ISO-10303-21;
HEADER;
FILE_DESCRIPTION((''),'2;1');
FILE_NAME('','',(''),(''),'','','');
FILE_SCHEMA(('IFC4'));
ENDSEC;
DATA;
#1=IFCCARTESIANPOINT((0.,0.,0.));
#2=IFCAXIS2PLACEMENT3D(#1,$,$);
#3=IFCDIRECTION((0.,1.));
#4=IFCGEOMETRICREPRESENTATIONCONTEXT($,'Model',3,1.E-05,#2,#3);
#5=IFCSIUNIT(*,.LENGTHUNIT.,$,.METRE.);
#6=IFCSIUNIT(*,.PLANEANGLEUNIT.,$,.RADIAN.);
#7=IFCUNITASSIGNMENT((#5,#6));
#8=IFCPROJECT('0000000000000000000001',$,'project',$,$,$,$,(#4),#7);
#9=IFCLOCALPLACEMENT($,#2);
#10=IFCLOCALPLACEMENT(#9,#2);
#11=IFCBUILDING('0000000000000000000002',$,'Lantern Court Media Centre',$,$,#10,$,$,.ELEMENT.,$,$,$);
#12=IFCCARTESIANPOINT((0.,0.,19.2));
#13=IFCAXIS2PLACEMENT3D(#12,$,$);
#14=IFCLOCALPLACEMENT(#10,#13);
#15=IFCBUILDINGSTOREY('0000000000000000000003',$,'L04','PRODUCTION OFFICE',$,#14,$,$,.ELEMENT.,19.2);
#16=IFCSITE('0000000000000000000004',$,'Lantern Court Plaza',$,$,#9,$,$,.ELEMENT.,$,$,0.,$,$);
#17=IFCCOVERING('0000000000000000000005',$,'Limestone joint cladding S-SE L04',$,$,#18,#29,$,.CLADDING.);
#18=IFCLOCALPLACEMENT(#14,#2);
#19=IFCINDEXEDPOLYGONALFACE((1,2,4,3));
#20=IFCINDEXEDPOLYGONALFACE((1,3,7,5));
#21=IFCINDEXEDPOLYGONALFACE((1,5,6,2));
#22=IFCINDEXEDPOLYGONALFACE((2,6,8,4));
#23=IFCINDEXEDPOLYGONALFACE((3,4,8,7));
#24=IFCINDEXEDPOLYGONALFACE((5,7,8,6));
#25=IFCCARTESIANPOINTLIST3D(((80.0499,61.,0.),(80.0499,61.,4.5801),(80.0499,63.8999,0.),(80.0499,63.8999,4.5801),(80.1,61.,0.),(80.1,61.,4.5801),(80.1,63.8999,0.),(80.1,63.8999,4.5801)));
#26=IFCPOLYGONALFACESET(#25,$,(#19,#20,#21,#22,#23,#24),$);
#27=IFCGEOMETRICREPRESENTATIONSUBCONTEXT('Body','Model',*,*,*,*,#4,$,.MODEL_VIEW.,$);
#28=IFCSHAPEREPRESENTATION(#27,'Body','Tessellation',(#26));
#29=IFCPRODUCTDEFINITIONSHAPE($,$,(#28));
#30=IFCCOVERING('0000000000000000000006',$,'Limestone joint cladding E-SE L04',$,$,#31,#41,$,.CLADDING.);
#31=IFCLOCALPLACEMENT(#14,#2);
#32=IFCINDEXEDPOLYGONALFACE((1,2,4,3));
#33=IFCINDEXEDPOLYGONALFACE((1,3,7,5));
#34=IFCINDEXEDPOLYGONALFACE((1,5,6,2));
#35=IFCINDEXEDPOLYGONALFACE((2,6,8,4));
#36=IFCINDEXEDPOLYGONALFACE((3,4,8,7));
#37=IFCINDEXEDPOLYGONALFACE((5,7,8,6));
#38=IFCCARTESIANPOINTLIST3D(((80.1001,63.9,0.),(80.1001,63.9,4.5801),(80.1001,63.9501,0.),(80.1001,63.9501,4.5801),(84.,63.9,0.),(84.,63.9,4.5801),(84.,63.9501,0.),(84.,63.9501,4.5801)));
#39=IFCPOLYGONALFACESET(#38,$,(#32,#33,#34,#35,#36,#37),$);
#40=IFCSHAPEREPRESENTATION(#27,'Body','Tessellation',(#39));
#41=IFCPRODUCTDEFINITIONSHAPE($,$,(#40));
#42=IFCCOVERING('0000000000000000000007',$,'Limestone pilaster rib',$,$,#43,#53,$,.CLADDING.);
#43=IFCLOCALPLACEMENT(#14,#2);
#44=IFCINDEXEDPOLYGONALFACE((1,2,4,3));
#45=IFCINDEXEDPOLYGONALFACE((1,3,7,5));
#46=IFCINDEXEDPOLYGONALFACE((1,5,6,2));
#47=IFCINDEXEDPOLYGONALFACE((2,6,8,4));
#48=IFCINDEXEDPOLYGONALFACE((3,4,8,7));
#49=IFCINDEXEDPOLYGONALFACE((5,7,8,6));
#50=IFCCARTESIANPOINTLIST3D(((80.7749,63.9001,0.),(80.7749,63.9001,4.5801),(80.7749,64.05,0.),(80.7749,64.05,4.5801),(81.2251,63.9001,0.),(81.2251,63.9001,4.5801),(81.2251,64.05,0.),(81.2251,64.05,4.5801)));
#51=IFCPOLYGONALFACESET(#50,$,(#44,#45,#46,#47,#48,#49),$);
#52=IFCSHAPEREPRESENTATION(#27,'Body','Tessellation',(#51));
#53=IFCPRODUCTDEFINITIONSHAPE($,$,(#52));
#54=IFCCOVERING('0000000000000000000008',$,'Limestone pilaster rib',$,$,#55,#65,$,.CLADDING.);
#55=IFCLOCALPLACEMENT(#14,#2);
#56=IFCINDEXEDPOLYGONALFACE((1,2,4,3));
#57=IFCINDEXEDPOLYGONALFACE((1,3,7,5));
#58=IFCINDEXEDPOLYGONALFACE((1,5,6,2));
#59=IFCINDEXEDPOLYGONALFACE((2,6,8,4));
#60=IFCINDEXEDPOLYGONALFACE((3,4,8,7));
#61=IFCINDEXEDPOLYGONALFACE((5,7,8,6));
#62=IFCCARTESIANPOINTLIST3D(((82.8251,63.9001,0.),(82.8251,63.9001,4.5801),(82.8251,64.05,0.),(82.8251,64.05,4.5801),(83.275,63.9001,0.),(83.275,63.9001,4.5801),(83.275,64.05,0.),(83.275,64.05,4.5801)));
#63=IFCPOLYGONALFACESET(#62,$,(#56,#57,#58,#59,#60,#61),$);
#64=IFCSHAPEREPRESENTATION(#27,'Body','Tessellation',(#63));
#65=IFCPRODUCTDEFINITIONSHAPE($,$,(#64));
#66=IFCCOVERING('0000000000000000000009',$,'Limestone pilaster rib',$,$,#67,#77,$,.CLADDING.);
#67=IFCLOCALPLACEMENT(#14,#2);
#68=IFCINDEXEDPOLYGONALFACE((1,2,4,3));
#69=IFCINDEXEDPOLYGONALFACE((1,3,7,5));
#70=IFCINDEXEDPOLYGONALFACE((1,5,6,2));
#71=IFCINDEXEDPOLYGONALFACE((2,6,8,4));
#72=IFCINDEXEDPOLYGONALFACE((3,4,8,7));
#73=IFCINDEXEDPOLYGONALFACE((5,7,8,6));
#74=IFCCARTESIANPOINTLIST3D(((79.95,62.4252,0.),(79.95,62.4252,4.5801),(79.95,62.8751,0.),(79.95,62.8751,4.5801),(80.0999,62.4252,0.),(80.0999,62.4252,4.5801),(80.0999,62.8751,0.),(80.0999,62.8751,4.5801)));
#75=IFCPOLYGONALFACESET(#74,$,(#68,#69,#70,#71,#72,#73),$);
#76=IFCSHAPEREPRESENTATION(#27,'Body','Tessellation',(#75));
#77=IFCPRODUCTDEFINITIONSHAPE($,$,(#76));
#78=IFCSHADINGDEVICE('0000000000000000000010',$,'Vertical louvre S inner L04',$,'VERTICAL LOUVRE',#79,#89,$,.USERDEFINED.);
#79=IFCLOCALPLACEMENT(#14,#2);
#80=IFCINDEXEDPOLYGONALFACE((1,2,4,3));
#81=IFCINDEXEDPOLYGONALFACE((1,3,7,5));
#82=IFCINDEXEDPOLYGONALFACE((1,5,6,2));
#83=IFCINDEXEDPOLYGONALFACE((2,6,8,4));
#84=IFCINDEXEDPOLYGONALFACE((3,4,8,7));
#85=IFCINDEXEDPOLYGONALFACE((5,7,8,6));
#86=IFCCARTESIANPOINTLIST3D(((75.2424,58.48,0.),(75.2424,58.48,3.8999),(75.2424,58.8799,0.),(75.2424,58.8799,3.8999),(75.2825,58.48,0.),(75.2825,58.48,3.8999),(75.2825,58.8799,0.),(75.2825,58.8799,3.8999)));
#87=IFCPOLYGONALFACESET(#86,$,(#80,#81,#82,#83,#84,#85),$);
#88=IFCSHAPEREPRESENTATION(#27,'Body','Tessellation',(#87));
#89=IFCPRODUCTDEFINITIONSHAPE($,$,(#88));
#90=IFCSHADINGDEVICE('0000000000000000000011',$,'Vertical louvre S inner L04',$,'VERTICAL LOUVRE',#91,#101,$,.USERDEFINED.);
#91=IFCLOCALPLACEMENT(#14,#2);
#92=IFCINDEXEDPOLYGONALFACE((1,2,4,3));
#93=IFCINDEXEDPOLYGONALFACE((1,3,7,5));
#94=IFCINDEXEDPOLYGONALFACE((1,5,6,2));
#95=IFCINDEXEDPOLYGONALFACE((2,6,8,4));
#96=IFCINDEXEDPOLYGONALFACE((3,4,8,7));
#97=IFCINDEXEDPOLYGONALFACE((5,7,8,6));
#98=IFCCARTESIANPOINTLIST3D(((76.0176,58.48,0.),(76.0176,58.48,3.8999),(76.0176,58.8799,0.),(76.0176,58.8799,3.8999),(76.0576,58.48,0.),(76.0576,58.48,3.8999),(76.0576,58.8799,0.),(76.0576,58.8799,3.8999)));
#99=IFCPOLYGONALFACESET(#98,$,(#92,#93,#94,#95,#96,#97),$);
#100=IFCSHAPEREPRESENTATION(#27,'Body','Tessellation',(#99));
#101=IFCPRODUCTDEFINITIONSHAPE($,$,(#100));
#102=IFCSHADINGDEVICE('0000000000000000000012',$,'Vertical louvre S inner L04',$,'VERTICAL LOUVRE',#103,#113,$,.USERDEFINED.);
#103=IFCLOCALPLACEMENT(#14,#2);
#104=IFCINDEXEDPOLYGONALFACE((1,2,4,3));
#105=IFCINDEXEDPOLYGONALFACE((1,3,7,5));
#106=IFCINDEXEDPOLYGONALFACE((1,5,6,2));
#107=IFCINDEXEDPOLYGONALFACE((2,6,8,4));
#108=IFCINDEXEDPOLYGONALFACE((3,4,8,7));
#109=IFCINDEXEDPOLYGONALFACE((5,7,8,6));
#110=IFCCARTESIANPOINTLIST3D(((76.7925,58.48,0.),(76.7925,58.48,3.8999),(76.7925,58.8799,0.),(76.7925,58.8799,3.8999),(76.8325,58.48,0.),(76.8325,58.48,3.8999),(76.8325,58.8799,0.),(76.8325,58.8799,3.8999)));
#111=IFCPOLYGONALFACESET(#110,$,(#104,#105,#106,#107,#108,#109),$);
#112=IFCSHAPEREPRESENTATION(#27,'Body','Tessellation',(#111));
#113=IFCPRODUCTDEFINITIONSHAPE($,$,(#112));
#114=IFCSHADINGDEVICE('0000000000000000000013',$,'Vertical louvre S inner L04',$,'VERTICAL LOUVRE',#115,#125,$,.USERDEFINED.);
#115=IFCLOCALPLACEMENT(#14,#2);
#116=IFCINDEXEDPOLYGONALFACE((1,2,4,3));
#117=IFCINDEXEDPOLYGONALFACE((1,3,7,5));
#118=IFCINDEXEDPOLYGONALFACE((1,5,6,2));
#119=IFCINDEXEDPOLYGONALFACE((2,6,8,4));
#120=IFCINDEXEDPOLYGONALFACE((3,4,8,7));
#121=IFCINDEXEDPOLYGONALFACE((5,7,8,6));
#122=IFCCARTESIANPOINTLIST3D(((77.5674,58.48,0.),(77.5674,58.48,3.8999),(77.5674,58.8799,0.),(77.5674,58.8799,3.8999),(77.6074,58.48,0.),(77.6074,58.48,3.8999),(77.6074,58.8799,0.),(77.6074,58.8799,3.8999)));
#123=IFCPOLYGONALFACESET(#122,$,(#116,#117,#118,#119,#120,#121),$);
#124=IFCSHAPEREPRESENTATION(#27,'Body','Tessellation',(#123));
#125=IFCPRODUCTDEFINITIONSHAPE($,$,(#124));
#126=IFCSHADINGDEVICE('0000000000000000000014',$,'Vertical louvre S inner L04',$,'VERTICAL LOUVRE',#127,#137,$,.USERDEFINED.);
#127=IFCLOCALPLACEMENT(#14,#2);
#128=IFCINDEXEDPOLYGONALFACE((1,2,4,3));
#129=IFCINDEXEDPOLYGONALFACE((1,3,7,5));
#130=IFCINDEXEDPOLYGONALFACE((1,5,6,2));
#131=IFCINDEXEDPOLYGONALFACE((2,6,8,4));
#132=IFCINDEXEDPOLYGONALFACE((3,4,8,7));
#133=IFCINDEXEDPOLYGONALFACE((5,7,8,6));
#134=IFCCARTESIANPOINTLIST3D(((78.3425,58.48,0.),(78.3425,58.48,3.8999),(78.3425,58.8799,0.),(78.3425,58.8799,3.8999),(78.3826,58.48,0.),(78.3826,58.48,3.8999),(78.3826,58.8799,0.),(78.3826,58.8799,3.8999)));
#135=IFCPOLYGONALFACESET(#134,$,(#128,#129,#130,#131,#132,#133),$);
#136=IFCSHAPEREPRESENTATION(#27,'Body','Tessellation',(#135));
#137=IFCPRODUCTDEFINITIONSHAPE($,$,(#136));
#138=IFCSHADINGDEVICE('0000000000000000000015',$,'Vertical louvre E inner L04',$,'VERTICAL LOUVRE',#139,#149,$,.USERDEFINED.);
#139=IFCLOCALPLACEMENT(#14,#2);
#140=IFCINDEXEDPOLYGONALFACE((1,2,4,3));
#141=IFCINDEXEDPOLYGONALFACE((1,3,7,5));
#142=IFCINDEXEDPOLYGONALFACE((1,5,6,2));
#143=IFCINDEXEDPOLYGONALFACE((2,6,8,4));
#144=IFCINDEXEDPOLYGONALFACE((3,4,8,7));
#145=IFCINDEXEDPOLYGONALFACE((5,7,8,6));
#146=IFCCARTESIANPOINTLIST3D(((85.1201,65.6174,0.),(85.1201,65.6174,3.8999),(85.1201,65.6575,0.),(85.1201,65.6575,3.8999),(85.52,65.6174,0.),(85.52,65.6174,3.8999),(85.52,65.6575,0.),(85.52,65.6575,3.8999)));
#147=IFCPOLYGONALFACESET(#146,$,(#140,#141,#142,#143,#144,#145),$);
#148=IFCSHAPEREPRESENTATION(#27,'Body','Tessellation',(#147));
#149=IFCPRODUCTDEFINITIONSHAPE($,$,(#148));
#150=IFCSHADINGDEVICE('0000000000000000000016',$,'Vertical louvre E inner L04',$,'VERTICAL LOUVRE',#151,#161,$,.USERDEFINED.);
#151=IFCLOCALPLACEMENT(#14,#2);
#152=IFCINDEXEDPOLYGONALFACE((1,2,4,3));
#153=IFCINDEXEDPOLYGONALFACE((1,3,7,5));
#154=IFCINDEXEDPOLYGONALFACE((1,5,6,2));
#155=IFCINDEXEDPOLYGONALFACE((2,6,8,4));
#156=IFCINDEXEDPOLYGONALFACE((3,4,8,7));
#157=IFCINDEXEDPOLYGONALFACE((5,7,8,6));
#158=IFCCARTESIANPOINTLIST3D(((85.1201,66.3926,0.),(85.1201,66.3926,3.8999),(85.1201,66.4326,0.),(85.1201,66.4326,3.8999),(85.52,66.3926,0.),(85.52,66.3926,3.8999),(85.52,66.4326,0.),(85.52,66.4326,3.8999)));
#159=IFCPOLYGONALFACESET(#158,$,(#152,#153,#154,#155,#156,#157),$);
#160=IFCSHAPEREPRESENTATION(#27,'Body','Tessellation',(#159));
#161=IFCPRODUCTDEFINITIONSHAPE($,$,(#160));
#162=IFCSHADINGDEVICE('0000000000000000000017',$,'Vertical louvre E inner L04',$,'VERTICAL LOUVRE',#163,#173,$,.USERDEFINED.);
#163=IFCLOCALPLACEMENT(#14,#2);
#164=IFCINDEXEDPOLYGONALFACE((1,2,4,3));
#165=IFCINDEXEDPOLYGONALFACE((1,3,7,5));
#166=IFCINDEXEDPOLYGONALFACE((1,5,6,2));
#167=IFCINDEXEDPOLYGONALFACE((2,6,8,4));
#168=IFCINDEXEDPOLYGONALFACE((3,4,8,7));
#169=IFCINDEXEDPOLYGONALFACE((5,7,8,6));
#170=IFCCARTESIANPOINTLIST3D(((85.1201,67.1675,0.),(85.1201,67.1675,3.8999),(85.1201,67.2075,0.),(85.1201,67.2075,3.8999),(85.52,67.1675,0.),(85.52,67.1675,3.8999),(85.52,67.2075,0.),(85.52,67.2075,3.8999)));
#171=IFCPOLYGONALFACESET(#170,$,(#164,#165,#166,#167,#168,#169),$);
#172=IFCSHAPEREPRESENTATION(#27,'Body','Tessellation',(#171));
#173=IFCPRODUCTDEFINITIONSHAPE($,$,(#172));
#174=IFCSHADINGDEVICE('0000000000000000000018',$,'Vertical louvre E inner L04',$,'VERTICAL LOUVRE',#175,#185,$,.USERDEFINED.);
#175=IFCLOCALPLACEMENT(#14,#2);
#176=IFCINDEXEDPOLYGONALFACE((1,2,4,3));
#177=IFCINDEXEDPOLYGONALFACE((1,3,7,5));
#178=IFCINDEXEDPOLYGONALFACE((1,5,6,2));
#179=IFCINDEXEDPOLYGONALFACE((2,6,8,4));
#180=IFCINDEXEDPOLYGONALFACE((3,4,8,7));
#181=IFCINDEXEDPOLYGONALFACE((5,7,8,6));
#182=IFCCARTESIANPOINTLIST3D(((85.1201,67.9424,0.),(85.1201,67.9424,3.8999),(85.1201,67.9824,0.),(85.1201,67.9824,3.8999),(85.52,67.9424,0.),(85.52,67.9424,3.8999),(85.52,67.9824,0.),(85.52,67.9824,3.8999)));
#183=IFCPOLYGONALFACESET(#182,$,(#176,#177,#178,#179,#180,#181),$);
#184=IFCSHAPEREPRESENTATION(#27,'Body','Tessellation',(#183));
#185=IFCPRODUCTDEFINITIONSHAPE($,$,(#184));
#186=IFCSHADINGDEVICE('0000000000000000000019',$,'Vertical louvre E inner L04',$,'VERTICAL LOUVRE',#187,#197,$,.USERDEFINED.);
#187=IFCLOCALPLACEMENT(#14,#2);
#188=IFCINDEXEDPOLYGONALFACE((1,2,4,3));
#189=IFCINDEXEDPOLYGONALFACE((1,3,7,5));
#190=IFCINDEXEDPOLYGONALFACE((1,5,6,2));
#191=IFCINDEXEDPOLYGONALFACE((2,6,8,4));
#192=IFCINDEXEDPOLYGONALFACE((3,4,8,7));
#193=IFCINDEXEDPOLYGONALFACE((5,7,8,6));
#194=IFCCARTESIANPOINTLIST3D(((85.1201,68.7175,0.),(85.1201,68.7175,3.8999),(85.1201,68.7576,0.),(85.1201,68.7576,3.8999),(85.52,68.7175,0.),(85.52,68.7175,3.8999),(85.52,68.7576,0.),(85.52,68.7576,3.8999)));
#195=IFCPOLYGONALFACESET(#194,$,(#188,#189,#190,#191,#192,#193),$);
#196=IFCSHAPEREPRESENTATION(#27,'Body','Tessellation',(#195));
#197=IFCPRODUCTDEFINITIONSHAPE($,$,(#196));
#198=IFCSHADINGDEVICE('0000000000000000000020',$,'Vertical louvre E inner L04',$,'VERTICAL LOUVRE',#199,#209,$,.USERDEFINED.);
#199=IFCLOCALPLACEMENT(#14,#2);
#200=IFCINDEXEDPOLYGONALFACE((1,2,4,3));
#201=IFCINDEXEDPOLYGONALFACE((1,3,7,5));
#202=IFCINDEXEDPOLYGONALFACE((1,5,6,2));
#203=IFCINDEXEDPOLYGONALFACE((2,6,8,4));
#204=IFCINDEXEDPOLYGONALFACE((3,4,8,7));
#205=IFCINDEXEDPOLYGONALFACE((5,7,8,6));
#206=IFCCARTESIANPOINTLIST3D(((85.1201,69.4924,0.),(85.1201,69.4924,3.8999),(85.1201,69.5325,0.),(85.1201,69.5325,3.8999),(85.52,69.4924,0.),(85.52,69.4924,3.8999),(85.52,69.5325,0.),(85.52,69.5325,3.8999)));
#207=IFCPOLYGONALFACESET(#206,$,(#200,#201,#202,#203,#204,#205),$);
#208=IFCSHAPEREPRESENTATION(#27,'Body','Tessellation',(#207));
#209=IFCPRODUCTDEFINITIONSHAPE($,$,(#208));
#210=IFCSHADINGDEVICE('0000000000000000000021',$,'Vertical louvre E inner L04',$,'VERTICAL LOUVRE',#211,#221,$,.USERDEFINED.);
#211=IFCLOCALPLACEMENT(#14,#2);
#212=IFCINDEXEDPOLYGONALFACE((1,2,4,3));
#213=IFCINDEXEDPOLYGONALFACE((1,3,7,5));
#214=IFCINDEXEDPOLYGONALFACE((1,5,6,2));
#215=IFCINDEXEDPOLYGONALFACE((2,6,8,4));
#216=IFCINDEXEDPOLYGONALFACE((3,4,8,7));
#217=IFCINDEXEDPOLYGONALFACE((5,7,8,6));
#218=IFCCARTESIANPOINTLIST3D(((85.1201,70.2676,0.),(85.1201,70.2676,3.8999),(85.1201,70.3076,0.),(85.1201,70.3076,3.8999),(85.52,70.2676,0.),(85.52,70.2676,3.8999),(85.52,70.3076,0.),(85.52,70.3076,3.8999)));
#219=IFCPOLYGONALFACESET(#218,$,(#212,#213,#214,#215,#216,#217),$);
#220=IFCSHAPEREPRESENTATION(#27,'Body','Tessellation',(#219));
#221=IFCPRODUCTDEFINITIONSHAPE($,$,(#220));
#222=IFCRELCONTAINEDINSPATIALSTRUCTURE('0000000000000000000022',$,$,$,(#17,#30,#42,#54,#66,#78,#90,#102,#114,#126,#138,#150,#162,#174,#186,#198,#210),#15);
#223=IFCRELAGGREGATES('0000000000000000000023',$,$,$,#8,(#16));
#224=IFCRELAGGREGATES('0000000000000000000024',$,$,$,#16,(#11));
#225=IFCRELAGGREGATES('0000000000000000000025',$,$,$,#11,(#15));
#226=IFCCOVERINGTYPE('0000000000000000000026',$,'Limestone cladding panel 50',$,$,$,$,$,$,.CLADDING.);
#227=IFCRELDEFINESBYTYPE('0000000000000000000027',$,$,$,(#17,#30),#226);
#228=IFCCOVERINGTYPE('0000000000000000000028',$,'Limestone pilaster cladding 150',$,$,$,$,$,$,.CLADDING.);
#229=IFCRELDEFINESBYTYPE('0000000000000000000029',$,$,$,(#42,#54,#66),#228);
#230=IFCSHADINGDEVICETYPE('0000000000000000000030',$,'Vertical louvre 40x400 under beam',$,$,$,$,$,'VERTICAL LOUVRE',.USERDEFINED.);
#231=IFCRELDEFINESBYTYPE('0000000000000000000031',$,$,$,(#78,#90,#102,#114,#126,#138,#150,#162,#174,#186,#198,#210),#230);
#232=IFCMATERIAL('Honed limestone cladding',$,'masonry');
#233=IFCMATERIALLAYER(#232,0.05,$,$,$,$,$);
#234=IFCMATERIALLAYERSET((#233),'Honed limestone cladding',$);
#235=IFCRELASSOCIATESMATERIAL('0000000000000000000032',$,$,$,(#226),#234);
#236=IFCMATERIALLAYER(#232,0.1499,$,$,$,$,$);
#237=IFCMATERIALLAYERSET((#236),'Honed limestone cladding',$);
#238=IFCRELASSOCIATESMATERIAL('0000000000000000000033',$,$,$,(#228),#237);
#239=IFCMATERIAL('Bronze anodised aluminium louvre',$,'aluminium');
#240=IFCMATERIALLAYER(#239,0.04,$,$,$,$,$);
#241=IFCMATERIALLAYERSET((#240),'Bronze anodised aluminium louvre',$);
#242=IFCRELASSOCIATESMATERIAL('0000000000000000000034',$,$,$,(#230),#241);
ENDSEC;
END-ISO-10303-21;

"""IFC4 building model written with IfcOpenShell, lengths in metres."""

from ifc_helpers import new_model, si_unit, direction, frame, frame_2d, origin, origin_2d, place, context, subcontext, project, spatial, rectangle, extrude, material, layer, layer_set, type_object, element, save


model = new_model("IFC4")

# Units and contexts
model_context = context("Model", 3, precision=1e-05, world=origin(), true_north=direction((0.0, 1.0)))
body_context = subcontext(model_context, "Body", "Model", "MODEL_VIEW")
ifc_project = project(units=[si_unit("LENGTHUNIT", "METRE"), si_unit("PLANEANGLEUNIT", "RADIAN")], contexts=[model_context])

# Site, building, storey
site_placement = place(None, origin())
site = spatial("IfcSite", under=ifc_project, at=site_placement, Name="Lantern Court Plaza", CompositionType="ELEMENT", RefElevation=0.0)
building_placement = place(site_placement, origin())
building = spatial("IfcBuilding", under=site, at=building_placement, Name="Lantern Court Media Centre", CompositionType="ELEMENT")
storey_placement = place(building_placement, frame((0.0, 0.0, 19.2)))
storey = spatial("IfcBuildingStorey", under=building, at=storey_placement, Name="L04", Description="PRODUCTION OFFICE", CompositionType="ELEMENT", Elevation=19.2)

# Coverings
ifc_material_1 = material(Name="Honed limestone cladding", Category="masonry")
ifc_layer_1 = layer(ifc_material_1, 0.05)
ifc_layer_set_1 = layer_set([ifc_layer_1], Name="Honed limestone cladding")
covering_type_1 = type_object("IfcCoveringType", Name="Limestone cladding panel 50", PredefinedType="CLADDING", material=ifc_layer_set_1)
covering_1_placement = place(storey_placement, frame((80.075, 61.0, 0.0), z_axis=(0.0, 0.0, 1.0), x_axis=(0.0, 1.0, 0.0)))
element("IfcCovering", 1, at=covering_1_placement, inside=storey, type_object=covering_type_1, Name="Limestone joint cladding S-SE L04", PredefinedType="CLADDING", context=body_context, shape_type="SweptSolid", body=[
    extrude(rectangle(XDim=2.8999, YDim=0.05, at=frame_2d((1.45, 0.0))), origin(), (0.0, 0.0, 1.0), 4.5801),
])
covering_2_placement = place(storey_placement, frame((80.1001, 63.925, 0.0), z_axis=(0.0, 0.0, 1.0), x_axis=(1.0, 0.0, 0.0)))
element("IfcCovering", 2, at=covering_2_placement, inside=storey, type_object=covering_type_1, Name="Limestone joint cladding E-SE L04", PredefinedType="CLADDING", context=body_context, shape_type="SweptSolid", body=[
    extrude(rectangle(XDim=3.8999, YDim=0.05, at=frame_2d((1.95, 0.0))), origin(), (0.0, 0.0, 1.0), 4.5801),
])
ifc_layer_2 = layer(ifc_material_1, 0.1499)
ifc_layer_set_2 = layer_set([ifc_layer_2], Name="Honed limestone cladding")
covering_type_2 = type_object("IfcCoveringType", Name="Limestone pilaster cladding 150", PredefinedType="CLADDING", material=ifc_layer_set_2)
covering_3_placement = place(storey_placement, frame((80.7749, 63.9751, 0.0), z_axis=(0.0, 0.0, 1.0), x_axis=(1.0, 0.0, 0.0)))
element("IfcCovering", 3, at=covering_3_placement, inside=storey, type_object=covering_type_2, Name="Limestone pilaster rib", PredefinedType="CLADDING", context=body_context, shape_type="SweptSolid", body=[
    extrude(rectangle(XDim=0.4502, YDim=0.1499, at=frame_2d((0.2251, 0.0))), origin(), (0.0, 0.0, 1.0), 4.5801),
])
for number, where, z_axis, x_axis, name in (
    (4, (82.825, 63.9751, 0.0), (0.0, 0.0, 1.0), (1.0, 0.0, 0.0), "Limestone pilaster rib"),
    (5, (80.0249, 62.425, 0.0), (0.0, 0.0, 1.0), (0.0, 1.0, 0.0), "Limestone pilaster rib"),
):
    element("IfcCovering", number, at=place(storey_placement, frame(where, z_axis=z_axis, x_axis=x_axis)), inside=storey, type_object=covering_type_2, Name=name, PredefinedType="CLADDING", context=body_context, shape_type="SweptSolid", body=[
        extrude(rectangle(XDim=0.45, YDim=0.1499, at=frame_2d((0.2251, 0.0))), origin(), (0.0, 0.0, 1.0), 4.5801),
    ])

# Shading devices
ifc_material_2 = material(Name="Bronze anodised aluminium louvre", Category="aluminium")
ifc_layer_3 = layer(ifc_material_2, 0.04)
ifc_layer_set_3 = layer_set([ifc_layer_3], Name="Bronze anodised aluminium louvre")
shading_device_type = type_object("IfcShadingDeviceType", Name="Vertical louvre 40x400 under beam", ElementType="VERTICAL LOUVRE", PredefinedType="USERDEFINED", material=ifc_layer_set_3)
for number, where, z_axis, x_axis, name in (
    (6, (75.2625, 58.6799, 0.0), (0.0, 0.0, 1.0), (1.0, 0.0, 0.0), "Vertical louvre S inner L04"),
    (7, (76.0376, 58.6799, 0.0), (0.0, 0.0, 1.0), (1.0, 0.0, 0.0), "Vertical louvre S inner L04"),
    (8, (76.8125, 58.6799, 0.0), (0.0, 0.0, 1.0), (1.0, 0.0, 0.0), "Vertical louvre S inner L04"),
    (9, (77.5874, 58.6799, 0.0), (0.0, 0.0, 1.0), (1.0, 0.0, 0.0), "Vertical louvre S inner L04"),
    (10, (78.3625, 58.6799, 0.0), (0.0, 0.0, 1.0), (1.0, 0.0, 0.0), "Vertical louvre S inner L04"),
):
    element("IfcShadingDevice", number, at=place(storey_placement, frame(where, z_axis=z_axis, x_axis=x_axis)), inside=storey, type_object=shading_device_type, Name=name, ObjectType="VERTICAL LOUVRE", PredefinedType="USERDEFINED", context=body_context, shape_type="SweptSolid", body=[
        extrude(rectangle(XDim=0.04, YDim=0.3999, at=origin_2d()), origin(), (0.0, 0.0, 1.0), 3.8999),
    ])
for number, where, z_axis, x_axis, name in (
    (11, (85.3201, 65.6375, 0.0), (0.0, 0.0, 1.0), (1.0, 0.0, 0.0), "Vertical louvre E inner L04"),
    (12, (85.3201, 66.4126, 0.0), (0.0, 0.0, 1.0), (1.0, 0.0, 0.0), "Vertical louvre E inner L04"),
    (13, (85.3201, 67.1875, 0.0), (0.0, 0.0, 1.0), (1.0, 0.0, 0.0), "Vertical louvre E inner L04"),
    (14, (85.3201, 67.9624, 0.0), (0.0, 0.0, 1.0), (1.0, 0.0, 0.0), "Vertical louvre E inner L04"),
    (15, (85.3201, 68.7375, 0.0), (0.0, 0.0, 1.0), (1.0, 0.0, 0.0), "Vertical louvre E inner L04"),
    (16, (85.3201, 69.5125, 0.0), (0.0, 0.0, 1.0), (1.0, 0.0, 0.0), "Vertical louvre E inner L04"),
    (17, (85.3201, 70.2876, 0.0), (0.0, 0.0, 1.0), (1.0, 0.0, 0.0), "Vertical louvre E inner L04"),
):
    element("IfcShadingDevice", number, at=place(storey_placement, frame(where, z_axis=z_axis, x_axis=x_axis)), inside=storey, type_object=shading_device_type, Name=name, ObjectType="VERTICAL LOUVRE", PredefinedType="USERDEFINED", context=body_context, shape_type="SweptSolid", body=[
        extrude(rectangle(XDim=0.3999, YDim=0.04, at=origin_2d()), origin(), (0.0, 0.0, 1.0), 3.8999),
    ])

save(model, "model.ifc")
